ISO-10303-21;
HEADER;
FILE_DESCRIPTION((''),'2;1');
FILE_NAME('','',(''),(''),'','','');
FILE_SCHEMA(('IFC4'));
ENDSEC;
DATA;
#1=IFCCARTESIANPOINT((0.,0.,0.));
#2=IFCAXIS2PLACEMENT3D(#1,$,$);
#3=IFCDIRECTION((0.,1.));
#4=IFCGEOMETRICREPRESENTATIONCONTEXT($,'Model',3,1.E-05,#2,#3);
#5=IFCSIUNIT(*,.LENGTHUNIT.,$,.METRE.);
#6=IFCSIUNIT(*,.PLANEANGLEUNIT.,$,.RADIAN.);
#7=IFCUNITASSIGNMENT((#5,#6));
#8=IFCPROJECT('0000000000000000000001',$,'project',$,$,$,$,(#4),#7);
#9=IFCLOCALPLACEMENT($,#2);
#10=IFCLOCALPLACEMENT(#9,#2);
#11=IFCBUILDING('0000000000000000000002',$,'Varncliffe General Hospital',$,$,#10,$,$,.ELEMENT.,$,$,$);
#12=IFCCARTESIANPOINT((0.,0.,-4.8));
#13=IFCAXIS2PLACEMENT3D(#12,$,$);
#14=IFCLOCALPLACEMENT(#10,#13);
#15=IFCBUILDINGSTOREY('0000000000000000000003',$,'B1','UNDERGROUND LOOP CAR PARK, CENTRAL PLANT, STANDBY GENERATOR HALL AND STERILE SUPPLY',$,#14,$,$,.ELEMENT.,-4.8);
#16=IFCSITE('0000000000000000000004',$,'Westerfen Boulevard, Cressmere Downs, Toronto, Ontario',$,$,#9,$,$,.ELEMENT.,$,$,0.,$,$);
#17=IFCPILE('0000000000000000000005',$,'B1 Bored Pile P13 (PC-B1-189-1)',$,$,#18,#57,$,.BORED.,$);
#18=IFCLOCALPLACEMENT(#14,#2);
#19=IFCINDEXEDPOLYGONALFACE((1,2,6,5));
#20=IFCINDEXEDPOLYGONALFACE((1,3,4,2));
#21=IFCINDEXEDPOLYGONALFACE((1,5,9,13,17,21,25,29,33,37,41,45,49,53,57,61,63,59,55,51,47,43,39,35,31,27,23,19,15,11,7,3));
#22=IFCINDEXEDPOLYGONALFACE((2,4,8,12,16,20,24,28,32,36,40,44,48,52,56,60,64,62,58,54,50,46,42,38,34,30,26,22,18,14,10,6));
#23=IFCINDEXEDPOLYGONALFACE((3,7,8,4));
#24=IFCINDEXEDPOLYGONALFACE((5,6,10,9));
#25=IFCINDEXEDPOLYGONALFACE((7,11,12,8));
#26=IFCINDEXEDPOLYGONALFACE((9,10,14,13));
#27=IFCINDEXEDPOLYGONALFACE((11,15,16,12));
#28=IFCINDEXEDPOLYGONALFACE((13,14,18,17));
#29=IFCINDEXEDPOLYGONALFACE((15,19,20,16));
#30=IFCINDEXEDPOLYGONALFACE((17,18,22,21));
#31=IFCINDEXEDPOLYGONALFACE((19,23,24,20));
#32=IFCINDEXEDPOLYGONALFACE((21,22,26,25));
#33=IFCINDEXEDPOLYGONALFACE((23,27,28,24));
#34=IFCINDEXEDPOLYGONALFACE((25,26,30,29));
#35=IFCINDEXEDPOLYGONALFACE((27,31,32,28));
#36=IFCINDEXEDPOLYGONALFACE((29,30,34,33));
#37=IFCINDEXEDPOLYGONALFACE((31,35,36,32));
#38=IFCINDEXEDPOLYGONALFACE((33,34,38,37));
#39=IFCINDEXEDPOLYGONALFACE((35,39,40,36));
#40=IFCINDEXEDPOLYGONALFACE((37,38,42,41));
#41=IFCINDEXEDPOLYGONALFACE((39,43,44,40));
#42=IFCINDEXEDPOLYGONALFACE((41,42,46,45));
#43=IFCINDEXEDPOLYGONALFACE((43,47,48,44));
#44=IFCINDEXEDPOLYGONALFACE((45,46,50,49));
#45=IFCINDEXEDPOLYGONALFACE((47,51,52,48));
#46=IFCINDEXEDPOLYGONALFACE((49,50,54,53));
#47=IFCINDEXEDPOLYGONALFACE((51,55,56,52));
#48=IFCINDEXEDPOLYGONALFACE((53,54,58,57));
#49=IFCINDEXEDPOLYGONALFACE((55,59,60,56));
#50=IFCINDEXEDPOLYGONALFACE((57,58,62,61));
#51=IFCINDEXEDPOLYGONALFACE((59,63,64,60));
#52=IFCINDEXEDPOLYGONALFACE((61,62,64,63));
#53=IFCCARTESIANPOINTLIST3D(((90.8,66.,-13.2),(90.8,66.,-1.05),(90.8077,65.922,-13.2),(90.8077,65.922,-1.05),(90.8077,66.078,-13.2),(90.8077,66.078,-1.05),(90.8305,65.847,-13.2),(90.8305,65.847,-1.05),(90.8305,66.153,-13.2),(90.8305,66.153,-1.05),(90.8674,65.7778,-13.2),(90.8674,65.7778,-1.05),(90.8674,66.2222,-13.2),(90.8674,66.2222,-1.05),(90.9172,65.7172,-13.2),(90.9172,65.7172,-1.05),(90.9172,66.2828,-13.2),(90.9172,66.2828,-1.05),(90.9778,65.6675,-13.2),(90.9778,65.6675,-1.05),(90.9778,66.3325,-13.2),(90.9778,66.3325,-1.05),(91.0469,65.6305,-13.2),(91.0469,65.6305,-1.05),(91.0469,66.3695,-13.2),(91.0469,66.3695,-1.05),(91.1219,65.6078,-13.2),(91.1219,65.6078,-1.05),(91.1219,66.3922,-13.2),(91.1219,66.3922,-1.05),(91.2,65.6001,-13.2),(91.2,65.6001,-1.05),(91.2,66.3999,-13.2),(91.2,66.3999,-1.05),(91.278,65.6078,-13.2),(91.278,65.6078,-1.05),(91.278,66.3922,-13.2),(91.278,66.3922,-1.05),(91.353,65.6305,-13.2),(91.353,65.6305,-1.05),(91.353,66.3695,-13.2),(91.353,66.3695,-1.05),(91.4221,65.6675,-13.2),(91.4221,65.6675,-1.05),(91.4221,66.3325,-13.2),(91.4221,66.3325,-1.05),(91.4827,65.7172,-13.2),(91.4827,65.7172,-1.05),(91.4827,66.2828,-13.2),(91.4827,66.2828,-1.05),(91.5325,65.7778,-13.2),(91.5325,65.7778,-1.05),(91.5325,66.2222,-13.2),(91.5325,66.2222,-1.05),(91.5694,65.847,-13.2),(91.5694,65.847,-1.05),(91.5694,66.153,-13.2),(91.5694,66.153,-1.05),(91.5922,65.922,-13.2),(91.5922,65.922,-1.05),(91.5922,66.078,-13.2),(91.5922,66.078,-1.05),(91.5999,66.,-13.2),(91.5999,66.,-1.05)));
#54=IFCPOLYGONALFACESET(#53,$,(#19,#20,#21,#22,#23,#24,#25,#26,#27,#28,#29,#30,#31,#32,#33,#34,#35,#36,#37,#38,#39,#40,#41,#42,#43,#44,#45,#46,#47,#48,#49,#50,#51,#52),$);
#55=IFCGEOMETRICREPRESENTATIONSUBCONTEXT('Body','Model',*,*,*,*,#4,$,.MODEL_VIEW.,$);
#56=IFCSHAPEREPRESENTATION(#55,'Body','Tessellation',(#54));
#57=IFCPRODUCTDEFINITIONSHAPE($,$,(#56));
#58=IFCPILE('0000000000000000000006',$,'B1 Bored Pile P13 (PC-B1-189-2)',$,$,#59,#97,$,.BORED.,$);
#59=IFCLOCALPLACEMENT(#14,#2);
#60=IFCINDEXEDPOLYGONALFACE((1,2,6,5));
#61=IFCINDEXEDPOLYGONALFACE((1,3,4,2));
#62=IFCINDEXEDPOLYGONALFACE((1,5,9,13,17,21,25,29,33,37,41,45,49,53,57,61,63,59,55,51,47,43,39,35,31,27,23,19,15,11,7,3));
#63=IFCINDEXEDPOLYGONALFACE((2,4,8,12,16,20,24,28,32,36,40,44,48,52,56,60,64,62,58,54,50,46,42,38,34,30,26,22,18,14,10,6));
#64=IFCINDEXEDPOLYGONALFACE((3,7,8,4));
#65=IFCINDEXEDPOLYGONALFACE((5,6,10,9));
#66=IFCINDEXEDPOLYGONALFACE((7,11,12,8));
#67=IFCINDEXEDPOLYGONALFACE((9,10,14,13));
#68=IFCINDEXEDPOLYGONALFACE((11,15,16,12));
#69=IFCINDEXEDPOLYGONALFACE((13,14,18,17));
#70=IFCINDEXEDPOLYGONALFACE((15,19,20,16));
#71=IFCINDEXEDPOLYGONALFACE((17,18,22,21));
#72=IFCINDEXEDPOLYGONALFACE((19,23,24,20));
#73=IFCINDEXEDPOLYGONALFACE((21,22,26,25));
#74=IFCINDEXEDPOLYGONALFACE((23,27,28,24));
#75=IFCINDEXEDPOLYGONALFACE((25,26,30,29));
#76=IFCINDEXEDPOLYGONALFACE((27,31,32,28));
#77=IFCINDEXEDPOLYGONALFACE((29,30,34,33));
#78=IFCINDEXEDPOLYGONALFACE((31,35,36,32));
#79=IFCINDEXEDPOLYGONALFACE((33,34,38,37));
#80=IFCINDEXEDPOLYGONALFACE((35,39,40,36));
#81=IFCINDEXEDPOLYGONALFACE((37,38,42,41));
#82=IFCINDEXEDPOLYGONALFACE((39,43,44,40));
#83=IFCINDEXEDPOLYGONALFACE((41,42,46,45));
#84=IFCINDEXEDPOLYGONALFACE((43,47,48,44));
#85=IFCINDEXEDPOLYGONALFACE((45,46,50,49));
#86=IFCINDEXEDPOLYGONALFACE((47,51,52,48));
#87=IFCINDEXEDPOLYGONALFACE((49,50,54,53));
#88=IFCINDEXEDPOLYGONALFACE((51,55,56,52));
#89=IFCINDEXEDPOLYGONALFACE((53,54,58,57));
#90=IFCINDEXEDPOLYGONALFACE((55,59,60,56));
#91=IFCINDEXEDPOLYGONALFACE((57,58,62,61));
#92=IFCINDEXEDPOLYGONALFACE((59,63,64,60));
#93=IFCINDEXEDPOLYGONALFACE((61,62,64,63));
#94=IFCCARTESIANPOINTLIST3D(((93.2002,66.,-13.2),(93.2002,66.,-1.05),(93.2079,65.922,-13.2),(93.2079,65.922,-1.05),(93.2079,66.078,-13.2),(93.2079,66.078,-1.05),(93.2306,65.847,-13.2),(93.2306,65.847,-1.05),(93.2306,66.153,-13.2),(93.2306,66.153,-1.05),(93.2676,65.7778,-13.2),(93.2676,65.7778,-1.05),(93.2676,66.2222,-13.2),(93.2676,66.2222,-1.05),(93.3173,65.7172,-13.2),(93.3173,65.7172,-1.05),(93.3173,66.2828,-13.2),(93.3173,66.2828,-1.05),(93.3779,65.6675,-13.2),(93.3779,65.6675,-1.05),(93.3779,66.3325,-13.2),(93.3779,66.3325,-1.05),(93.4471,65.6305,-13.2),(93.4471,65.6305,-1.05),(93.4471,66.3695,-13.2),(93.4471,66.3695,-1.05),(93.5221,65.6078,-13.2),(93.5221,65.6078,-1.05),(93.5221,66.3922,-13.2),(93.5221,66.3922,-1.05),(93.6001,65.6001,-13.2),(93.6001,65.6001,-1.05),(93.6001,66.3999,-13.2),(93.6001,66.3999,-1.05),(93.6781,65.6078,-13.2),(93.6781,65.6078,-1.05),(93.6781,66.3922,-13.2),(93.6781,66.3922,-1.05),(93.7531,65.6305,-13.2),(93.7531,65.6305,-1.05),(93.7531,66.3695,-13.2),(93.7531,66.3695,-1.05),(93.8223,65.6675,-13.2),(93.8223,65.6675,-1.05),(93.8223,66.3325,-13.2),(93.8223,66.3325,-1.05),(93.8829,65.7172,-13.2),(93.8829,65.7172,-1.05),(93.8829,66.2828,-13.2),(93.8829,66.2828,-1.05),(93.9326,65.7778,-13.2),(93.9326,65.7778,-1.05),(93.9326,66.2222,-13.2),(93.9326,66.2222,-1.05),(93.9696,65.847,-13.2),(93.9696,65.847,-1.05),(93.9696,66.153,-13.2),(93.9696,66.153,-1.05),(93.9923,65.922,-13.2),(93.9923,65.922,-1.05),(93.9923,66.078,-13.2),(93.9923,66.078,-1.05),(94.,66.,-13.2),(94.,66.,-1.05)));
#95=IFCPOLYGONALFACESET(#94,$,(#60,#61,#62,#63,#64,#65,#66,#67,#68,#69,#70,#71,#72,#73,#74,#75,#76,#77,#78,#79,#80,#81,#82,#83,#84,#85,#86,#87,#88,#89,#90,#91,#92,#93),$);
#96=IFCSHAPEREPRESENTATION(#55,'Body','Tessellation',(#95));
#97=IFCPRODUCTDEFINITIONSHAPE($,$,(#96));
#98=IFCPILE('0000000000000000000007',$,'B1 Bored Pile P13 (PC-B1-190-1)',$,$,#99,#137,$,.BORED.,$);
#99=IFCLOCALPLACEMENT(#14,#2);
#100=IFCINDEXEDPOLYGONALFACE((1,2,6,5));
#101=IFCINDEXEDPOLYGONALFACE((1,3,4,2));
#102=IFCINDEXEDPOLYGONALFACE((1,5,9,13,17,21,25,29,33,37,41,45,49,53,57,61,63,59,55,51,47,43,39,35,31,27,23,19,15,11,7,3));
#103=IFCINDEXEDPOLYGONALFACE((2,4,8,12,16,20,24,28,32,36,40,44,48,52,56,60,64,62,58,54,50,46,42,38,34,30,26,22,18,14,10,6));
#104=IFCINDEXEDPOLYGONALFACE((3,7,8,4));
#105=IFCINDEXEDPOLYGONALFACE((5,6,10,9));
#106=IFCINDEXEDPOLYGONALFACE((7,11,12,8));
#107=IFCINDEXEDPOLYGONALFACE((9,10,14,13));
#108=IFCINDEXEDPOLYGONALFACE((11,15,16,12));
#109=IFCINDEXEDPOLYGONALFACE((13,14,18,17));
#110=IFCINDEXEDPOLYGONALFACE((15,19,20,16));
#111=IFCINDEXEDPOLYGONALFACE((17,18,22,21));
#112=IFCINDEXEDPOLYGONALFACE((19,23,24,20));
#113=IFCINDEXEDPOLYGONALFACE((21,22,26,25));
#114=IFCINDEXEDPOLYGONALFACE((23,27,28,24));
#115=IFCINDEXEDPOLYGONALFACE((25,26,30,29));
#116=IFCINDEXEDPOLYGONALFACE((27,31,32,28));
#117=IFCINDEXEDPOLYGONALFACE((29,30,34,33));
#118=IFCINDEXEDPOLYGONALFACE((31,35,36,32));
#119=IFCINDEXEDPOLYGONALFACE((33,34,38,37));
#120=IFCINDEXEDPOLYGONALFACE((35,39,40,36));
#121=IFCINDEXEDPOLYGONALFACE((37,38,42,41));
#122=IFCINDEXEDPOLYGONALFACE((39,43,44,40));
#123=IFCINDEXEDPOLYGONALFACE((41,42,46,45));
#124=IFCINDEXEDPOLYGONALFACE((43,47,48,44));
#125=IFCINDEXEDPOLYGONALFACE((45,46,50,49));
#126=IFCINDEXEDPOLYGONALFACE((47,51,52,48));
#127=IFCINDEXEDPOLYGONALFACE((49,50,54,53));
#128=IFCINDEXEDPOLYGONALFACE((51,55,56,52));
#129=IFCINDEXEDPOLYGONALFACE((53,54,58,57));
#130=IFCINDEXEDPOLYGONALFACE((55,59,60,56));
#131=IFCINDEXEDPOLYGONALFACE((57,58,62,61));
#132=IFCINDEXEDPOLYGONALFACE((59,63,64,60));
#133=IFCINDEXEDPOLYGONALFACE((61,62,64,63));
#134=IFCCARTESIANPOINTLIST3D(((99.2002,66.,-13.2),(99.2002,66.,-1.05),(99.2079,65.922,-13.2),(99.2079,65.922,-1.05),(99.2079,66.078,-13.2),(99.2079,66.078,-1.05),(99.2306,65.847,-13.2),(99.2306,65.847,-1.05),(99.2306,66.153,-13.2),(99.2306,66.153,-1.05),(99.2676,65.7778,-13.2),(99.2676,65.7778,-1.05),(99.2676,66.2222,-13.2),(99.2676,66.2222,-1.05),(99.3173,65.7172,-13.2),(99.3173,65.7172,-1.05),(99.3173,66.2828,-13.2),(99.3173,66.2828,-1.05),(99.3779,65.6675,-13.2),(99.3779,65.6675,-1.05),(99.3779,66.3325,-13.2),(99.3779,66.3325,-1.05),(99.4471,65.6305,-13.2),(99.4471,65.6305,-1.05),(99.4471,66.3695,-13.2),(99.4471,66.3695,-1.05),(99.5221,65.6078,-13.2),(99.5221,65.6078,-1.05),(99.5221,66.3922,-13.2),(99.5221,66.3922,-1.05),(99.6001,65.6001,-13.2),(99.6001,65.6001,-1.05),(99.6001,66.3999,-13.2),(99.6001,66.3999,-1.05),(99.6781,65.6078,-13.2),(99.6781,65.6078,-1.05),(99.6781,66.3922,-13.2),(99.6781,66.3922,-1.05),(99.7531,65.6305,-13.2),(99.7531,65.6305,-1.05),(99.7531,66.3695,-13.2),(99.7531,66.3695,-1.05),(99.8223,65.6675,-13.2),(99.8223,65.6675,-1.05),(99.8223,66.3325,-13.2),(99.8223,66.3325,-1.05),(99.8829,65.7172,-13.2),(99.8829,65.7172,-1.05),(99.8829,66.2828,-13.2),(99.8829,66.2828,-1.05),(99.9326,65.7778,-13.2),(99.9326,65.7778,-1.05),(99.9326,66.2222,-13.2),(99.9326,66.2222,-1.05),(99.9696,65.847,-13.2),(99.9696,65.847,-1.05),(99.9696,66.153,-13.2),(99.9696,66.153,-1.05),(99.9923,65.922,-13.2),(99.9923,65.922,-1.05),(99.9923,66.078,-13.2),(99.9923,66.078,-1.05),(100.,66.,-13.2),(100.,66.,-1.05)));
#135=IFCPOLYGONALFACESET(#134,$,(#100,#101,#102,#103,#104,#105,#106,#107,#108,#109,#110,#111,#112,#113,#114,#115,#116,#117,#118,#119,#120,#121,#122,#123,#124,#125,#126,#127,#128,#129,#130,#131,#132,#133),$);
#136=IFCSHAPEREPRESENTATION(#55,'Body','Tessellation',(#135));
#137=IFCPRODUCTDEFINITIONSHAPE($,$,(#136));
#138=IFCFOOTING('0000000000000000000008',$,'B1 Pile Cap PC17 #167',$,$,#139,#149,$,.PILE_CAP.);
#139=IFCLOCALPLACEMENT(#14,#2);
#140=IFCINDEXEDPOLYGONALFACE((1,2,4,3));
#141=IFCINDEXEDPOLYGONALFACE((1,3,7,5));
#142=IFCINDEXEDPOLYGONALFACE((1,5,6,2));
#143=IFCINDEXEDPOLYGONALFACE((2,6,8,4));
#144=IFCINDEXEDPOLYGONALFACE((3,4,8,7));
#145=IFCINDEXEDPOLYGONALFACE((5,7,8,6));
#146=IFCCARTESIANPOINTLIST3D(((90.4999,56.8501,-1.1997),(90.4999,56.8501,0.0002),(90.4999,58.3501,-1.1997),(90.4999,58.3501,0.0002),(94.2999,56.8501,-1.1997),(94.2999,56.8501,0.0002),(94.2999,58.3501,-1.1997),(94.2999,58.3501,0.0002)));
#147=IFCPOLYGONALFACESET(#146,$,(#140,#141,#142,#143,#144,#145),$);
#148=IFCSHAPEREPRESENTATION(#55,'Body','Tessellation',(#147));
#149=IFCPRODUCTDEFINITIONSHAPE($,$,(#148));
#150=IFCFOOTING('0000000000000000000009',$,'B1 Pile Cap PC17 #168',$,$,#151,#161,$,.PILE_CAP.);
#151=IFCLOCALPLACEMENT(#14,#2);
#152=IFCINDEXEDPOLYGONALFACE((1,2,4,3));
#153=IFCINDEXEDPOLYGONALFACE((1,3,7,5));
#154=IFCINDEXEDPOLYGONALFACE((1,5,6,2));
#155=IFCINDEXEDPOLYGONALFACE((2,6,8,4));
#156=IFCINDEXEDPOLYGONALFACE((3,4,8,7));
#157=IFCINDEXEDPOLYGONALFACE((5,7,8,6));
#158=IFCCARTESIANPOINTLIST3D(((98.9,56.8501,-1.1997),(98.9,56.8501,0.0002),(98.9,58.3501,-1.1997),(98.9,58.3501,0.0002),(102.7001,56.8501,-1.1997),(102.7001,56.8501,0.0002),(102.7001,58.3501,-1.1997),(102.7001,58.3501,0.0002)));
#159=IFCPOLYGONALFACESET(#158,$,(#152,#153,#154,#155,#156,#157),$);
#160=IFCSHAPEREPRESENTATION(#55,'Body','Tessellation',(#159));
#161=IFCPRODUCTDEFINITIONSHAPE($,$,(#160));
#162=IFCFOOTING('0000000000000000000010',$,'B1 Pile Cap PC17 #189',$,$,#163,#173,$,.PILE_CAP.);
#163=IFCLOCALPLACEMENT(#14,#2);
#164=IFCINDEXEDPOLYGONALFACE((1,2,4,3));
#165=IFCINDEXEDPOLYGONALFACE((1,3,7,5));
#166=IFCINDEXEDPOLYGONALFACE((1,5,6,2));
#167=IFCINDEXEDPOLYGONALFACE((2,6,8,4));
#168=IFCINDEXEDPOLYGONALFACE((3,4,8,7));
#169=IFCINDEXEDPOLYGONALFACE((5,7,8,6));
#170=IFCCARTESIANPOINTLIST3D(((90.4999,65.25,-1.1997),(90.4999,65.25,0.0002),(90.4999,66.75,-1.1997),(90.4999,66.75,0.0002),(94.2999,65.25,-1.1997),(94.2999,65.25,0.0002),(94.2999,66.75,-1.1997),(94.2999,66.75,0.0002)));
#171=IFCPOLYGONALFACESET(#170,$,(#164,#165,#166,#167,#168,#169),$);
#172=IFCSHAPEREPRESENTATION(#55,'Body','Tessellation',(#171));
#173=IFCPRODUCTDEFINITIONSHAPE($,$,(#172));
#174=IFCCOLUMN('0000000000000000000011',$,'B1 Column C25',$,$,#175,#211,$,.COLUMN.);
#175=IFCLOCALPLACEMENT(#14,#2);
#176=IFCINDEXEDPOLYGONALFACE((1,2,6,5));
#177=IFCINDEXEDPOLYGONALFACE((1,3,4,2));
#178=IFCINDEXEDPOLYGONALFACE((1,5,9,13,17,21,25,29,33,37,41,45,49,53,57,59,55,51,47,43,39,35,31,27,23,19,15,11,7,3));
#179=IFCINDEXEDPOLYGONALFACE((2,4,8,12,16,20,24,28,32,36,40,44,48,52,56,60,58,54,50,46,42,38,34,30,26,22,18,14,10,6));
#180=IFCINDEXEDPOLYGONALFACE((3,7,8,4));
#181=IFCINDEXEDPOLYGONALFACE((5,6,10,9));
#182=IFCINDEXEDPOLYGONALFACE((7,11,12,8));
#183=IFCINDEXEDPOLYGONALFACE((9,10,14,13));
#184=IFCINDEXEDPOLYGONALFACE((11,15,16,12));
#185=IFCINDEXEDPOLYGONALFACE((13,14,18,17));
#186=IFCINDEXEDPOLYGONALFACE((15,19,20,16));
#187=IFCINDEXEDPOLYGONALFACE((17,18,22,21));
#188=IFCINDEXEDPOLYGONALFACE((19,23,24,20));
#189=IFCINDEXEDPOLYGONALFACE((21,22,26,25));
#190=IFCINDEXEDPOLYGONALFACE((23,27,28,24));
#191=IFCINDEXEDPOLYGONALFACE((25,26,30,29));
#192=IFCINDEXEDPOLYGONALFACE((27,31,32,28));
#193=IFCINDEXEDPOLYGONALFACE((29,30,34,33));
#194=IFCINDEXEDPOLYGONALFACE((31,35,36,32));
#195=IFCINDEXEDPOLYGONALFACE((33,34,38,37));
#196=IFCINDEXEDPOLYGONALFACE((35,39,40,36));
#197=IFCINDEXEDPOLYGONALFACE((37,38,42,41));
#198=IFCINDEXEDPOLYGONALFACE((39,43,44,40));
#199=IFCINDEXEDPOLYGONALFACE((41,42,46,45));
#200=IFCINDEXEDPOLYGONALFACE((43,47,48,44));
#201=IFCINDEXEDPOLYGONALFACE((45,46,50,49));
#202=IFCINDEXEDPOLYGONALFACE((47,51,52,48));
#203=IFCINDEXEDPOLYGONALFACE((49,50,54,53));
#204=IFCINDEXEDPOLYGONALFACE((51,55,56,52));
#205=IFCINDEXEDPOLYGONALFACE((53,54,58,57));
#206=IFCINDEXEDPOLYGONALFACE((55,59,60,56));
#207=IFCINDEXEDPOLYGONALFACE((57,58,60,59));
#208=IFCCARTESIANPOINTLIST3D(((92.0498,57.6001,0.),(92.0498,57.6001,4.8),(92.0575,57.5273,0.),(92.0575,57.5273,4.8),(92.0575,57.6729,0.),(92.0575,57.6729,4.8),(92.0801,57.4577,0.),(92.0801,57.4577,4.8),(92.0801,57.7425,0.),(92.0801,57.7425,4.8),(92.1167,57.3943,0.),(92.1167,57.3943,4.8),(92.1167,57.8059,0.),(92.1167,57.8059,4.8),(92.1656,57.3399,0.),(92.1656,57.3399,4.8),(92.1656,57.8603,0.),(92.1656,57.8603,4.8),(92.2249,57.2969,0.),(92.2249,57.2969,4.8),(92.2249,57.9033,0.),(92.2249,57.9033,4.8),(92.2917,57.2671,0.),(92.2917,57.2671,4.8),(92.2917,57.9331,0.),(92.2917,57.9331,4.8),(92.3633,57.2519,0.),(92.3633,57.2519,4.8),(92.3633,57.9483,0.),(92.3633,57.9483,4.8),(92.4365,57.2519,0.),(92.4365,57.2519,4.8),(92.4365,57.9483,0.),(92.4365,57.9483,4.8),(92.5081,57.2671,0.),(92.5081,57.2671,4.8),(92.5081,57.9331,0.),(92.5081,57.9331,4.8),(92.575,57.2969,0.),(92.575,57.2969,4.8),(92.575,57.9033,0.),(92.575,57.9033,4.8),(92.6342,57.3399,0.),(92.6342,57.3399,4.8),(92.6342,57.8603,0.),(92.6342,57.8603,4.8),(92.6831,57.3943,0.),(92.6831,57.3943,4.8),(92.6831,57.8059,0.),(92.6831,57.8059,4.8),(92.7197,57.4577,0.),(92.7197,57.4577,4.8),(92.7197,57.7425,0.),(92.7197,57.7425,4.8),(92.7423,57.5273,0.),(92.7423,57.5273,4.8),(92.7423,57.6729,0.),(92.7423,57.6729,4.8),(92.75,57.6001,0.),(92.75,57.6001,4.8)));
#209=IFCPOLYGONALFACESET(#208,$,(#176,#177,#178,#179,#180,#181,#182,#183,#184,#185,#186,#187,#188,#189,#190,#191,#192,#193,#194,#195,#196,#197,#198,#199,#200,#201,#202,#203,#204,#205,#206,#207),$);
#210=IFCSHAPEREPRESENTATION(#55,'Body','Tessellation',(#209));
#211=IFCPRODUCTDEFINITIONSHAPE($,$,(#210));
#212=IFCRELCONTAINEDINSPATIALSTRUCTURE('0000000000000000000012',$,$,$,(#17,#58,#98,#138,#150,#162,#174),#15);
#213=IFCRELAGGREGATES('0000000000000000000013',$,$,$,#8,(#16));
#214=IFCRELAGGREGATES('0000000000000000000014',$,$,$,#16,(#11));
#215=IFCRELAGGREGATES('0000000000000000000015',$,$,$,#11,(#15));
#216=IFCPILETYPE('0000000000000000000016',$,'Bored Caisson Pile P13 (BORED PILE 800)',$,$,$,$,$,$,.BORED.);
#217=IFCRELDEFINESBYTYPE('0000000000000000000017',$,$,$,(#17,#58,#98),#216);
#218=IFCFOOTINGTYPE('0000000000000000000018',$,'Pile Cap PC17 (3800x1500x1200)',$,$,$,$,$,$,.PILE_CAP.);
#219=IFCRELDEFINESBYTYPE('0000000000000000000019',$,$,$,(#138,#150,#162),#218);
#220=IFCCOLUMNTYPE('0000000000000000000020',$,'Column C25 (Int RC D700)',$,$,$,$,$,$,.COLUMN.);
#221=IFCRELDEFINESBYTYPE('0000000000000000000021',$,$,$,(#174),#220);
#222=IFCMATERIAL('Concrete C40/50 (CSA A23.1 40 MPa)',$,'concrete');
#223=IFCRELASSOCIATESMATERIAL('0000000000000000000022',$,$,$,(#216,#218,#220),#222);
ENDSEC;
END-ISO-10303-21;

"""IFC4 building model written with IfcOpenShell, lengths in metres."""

from ifc_helpers import new_model, si_unit, direction, frame, origin, origin_2d, place, context, subcontext, project, spatial, rectangle, circle, extrude, material, material_profile, profile_set, type_object, element, save


model = new_model("IFC4")

# Units and contexts
model_context = context("Model", 3, precision=1e-05, world=origin(), true_north=direction((0.0, 1.0)))
body_context = subcontext(model_context, "Body", "Model", "MODEL_VIEW")
ifc_project = project(units=[si_unit("LENGTHUNIT", "METRE"), si_unit("PLANEANGLEUNIT", "RADIAN")], contexts=[model_context])

# Site, building, storey
site_placement = place(None, origin())
site = spatial("IfcSite", under=ifc_project, at=site_placement, Name="Westerfen Boulevard, Cressmere Downs, Toronto, Ontario", CompositionType="ELEMENT", RefElevation=0.0)
building_placement = place(site_placement, origin())
building = spatial("IfcBuilding", under=site, at=building_placement, Name="Varncliffe General Hospital", CompositionType="ELEMENT")
storey_placement = place(building_placement, frame((0.0, 0.0, -4.8)))
storey = spatial("IfcBuildingStorey", under=building, at=storey_placement, Name="B1", Description="UNDERGROUND LOOP CAR PARK, CENTRAL PLANT, STANDBY GENERATOR HALL AND STERILE SUPPLY", CompositionType="ELEMENT", Elevation=-4.8)

# Piles
ifc_material_1 = material(Name="Concrete C40/50 (CSA A23.1 40 MPa)", Category="concrete")
ifc_material_profile_1 = material_profile(ifc_material_1, circle(Radius=0.3999, at=origin_2d()), Name="BORED PILE 800")
ifc_profile_set_1 = profile_set([ifc_material_profile_1], Name="Concrete C40/50 (CSA A23.1 40 MPa)")
pile_type = type_object("IfcPileType", Name="Bored Caisson Pile P13 (BORED PILE 800)", PredefinedType="BORED", material=ifc_profile_set_1)
for number, where, z_axis, x_axis, name in (
    (1, (91.2, 66.0, -1.05), (0.0, 0.0, -1.0), (1.0, 0.0, 0.0), "B1 Bored Pile P13 (PC-B1-189-1)"),
    (2, (93.6001, 66.0, -1.05), (0.0, 0.0, -1.0), (1.0, 0.0, 0.0), "B1 Bored Pile P13 (PC-B1-189-2)"),
    (3, (99.6001, 66.0, -1.05), (0.0, 0.0, -1.0), (1.0, 0.0, 0.0), "B1 Bored Pile P13 (PC-B1-190-1)"),
):
    element("IfcPile", number, at=place(storey_placement, frame(where, z_axis=z_axis, x_axis=x_axis)), inside=storey, type_object=pile_type, Name=name, PredefinedType="BORED", context=body_context, shape_type="SweptSolid", body=[
        extrude(circle(Radius=0.3999, at=origin_2d()), origin(), (0.0, 0.0, 1.0), 12.1499),
    ])

# Footings
footing_type = type_object("IfcFootingType", Name="Pile Cap PC17 (3800x1500x1200)", PredefinedType="PILE_CAP", material=ifc_material_1)
for number, where, z_axis, x_axis, name in (
    (4, (92.3999, 57.6001, -1.1997), (0.0, 0.0, 1.0), (1.0, 0.0, 0.0), "B1 Pile Cap PC17 #167"),
    (5, (100.8, 57.6001, -1.1997), (0.0, 0.0, 1.0), (1.0, 0.0, 0.0), "B1 Pile Cap PC17 #168"),
    (6, (92.3999, 66.0, -1.1997), (0.0, 0.0, 1.0), (1.0, 0.0, 0.0), "B1 Pile Cap PC17 #189"),
):
    element("IfcFooting", number, at=place(storey_placement, frame(where, z_axis=z_axis, x_axis=x_axis)), inside=storey, type_object=footing_type, Name=name, PredefinedType="PILE_CAP", context=body_context, shape_type="SweptSolid", body=[
        extrude(rectangle(XDim=3.8, YDim=1.5, at=origin_2d()), origin(), (0.0, 0.0, 1.0), 1.2),
    ])

# Column
ifc_material_profile_2 = material_profile(ifc_material_1, circle(Radius=0.3501, at=origin_2d()), Name="RC D700")
ifc_profile_set_2 = profile_set([ifc_material_profile_2], Name="Concrete C40/50 (CSA A23.1 40 MPa)")
column_type = type_object("IfcColumnType", Name="Column C25 (Int RC D700)", PredefinedType="COLUMN", material=ifc_profile_set_2)
for number, where, z_axis, x_axis, name in (
    (7, (92.3999, 57.6001, 0.0), (0.0, 0.0, 1.0), (1.0, 0.0, 0.0), "B1 Column C25"),
):
    element("IfcColumn", number, at=place(storey_placement, frame(where, z_axis=z_axis, x_axis=x_axis)), inside=storey, type_object=column_type, Name=name, PredefinedType="COLUMN", context=body_context, shape_type="SweptSolid", body=[
        extrude(circle(Radius=0.3501, at=origin_2d()), origin(), (0.0, 0.0, 1.0), 4.8),
    ])

save(model, "model.ifc")
